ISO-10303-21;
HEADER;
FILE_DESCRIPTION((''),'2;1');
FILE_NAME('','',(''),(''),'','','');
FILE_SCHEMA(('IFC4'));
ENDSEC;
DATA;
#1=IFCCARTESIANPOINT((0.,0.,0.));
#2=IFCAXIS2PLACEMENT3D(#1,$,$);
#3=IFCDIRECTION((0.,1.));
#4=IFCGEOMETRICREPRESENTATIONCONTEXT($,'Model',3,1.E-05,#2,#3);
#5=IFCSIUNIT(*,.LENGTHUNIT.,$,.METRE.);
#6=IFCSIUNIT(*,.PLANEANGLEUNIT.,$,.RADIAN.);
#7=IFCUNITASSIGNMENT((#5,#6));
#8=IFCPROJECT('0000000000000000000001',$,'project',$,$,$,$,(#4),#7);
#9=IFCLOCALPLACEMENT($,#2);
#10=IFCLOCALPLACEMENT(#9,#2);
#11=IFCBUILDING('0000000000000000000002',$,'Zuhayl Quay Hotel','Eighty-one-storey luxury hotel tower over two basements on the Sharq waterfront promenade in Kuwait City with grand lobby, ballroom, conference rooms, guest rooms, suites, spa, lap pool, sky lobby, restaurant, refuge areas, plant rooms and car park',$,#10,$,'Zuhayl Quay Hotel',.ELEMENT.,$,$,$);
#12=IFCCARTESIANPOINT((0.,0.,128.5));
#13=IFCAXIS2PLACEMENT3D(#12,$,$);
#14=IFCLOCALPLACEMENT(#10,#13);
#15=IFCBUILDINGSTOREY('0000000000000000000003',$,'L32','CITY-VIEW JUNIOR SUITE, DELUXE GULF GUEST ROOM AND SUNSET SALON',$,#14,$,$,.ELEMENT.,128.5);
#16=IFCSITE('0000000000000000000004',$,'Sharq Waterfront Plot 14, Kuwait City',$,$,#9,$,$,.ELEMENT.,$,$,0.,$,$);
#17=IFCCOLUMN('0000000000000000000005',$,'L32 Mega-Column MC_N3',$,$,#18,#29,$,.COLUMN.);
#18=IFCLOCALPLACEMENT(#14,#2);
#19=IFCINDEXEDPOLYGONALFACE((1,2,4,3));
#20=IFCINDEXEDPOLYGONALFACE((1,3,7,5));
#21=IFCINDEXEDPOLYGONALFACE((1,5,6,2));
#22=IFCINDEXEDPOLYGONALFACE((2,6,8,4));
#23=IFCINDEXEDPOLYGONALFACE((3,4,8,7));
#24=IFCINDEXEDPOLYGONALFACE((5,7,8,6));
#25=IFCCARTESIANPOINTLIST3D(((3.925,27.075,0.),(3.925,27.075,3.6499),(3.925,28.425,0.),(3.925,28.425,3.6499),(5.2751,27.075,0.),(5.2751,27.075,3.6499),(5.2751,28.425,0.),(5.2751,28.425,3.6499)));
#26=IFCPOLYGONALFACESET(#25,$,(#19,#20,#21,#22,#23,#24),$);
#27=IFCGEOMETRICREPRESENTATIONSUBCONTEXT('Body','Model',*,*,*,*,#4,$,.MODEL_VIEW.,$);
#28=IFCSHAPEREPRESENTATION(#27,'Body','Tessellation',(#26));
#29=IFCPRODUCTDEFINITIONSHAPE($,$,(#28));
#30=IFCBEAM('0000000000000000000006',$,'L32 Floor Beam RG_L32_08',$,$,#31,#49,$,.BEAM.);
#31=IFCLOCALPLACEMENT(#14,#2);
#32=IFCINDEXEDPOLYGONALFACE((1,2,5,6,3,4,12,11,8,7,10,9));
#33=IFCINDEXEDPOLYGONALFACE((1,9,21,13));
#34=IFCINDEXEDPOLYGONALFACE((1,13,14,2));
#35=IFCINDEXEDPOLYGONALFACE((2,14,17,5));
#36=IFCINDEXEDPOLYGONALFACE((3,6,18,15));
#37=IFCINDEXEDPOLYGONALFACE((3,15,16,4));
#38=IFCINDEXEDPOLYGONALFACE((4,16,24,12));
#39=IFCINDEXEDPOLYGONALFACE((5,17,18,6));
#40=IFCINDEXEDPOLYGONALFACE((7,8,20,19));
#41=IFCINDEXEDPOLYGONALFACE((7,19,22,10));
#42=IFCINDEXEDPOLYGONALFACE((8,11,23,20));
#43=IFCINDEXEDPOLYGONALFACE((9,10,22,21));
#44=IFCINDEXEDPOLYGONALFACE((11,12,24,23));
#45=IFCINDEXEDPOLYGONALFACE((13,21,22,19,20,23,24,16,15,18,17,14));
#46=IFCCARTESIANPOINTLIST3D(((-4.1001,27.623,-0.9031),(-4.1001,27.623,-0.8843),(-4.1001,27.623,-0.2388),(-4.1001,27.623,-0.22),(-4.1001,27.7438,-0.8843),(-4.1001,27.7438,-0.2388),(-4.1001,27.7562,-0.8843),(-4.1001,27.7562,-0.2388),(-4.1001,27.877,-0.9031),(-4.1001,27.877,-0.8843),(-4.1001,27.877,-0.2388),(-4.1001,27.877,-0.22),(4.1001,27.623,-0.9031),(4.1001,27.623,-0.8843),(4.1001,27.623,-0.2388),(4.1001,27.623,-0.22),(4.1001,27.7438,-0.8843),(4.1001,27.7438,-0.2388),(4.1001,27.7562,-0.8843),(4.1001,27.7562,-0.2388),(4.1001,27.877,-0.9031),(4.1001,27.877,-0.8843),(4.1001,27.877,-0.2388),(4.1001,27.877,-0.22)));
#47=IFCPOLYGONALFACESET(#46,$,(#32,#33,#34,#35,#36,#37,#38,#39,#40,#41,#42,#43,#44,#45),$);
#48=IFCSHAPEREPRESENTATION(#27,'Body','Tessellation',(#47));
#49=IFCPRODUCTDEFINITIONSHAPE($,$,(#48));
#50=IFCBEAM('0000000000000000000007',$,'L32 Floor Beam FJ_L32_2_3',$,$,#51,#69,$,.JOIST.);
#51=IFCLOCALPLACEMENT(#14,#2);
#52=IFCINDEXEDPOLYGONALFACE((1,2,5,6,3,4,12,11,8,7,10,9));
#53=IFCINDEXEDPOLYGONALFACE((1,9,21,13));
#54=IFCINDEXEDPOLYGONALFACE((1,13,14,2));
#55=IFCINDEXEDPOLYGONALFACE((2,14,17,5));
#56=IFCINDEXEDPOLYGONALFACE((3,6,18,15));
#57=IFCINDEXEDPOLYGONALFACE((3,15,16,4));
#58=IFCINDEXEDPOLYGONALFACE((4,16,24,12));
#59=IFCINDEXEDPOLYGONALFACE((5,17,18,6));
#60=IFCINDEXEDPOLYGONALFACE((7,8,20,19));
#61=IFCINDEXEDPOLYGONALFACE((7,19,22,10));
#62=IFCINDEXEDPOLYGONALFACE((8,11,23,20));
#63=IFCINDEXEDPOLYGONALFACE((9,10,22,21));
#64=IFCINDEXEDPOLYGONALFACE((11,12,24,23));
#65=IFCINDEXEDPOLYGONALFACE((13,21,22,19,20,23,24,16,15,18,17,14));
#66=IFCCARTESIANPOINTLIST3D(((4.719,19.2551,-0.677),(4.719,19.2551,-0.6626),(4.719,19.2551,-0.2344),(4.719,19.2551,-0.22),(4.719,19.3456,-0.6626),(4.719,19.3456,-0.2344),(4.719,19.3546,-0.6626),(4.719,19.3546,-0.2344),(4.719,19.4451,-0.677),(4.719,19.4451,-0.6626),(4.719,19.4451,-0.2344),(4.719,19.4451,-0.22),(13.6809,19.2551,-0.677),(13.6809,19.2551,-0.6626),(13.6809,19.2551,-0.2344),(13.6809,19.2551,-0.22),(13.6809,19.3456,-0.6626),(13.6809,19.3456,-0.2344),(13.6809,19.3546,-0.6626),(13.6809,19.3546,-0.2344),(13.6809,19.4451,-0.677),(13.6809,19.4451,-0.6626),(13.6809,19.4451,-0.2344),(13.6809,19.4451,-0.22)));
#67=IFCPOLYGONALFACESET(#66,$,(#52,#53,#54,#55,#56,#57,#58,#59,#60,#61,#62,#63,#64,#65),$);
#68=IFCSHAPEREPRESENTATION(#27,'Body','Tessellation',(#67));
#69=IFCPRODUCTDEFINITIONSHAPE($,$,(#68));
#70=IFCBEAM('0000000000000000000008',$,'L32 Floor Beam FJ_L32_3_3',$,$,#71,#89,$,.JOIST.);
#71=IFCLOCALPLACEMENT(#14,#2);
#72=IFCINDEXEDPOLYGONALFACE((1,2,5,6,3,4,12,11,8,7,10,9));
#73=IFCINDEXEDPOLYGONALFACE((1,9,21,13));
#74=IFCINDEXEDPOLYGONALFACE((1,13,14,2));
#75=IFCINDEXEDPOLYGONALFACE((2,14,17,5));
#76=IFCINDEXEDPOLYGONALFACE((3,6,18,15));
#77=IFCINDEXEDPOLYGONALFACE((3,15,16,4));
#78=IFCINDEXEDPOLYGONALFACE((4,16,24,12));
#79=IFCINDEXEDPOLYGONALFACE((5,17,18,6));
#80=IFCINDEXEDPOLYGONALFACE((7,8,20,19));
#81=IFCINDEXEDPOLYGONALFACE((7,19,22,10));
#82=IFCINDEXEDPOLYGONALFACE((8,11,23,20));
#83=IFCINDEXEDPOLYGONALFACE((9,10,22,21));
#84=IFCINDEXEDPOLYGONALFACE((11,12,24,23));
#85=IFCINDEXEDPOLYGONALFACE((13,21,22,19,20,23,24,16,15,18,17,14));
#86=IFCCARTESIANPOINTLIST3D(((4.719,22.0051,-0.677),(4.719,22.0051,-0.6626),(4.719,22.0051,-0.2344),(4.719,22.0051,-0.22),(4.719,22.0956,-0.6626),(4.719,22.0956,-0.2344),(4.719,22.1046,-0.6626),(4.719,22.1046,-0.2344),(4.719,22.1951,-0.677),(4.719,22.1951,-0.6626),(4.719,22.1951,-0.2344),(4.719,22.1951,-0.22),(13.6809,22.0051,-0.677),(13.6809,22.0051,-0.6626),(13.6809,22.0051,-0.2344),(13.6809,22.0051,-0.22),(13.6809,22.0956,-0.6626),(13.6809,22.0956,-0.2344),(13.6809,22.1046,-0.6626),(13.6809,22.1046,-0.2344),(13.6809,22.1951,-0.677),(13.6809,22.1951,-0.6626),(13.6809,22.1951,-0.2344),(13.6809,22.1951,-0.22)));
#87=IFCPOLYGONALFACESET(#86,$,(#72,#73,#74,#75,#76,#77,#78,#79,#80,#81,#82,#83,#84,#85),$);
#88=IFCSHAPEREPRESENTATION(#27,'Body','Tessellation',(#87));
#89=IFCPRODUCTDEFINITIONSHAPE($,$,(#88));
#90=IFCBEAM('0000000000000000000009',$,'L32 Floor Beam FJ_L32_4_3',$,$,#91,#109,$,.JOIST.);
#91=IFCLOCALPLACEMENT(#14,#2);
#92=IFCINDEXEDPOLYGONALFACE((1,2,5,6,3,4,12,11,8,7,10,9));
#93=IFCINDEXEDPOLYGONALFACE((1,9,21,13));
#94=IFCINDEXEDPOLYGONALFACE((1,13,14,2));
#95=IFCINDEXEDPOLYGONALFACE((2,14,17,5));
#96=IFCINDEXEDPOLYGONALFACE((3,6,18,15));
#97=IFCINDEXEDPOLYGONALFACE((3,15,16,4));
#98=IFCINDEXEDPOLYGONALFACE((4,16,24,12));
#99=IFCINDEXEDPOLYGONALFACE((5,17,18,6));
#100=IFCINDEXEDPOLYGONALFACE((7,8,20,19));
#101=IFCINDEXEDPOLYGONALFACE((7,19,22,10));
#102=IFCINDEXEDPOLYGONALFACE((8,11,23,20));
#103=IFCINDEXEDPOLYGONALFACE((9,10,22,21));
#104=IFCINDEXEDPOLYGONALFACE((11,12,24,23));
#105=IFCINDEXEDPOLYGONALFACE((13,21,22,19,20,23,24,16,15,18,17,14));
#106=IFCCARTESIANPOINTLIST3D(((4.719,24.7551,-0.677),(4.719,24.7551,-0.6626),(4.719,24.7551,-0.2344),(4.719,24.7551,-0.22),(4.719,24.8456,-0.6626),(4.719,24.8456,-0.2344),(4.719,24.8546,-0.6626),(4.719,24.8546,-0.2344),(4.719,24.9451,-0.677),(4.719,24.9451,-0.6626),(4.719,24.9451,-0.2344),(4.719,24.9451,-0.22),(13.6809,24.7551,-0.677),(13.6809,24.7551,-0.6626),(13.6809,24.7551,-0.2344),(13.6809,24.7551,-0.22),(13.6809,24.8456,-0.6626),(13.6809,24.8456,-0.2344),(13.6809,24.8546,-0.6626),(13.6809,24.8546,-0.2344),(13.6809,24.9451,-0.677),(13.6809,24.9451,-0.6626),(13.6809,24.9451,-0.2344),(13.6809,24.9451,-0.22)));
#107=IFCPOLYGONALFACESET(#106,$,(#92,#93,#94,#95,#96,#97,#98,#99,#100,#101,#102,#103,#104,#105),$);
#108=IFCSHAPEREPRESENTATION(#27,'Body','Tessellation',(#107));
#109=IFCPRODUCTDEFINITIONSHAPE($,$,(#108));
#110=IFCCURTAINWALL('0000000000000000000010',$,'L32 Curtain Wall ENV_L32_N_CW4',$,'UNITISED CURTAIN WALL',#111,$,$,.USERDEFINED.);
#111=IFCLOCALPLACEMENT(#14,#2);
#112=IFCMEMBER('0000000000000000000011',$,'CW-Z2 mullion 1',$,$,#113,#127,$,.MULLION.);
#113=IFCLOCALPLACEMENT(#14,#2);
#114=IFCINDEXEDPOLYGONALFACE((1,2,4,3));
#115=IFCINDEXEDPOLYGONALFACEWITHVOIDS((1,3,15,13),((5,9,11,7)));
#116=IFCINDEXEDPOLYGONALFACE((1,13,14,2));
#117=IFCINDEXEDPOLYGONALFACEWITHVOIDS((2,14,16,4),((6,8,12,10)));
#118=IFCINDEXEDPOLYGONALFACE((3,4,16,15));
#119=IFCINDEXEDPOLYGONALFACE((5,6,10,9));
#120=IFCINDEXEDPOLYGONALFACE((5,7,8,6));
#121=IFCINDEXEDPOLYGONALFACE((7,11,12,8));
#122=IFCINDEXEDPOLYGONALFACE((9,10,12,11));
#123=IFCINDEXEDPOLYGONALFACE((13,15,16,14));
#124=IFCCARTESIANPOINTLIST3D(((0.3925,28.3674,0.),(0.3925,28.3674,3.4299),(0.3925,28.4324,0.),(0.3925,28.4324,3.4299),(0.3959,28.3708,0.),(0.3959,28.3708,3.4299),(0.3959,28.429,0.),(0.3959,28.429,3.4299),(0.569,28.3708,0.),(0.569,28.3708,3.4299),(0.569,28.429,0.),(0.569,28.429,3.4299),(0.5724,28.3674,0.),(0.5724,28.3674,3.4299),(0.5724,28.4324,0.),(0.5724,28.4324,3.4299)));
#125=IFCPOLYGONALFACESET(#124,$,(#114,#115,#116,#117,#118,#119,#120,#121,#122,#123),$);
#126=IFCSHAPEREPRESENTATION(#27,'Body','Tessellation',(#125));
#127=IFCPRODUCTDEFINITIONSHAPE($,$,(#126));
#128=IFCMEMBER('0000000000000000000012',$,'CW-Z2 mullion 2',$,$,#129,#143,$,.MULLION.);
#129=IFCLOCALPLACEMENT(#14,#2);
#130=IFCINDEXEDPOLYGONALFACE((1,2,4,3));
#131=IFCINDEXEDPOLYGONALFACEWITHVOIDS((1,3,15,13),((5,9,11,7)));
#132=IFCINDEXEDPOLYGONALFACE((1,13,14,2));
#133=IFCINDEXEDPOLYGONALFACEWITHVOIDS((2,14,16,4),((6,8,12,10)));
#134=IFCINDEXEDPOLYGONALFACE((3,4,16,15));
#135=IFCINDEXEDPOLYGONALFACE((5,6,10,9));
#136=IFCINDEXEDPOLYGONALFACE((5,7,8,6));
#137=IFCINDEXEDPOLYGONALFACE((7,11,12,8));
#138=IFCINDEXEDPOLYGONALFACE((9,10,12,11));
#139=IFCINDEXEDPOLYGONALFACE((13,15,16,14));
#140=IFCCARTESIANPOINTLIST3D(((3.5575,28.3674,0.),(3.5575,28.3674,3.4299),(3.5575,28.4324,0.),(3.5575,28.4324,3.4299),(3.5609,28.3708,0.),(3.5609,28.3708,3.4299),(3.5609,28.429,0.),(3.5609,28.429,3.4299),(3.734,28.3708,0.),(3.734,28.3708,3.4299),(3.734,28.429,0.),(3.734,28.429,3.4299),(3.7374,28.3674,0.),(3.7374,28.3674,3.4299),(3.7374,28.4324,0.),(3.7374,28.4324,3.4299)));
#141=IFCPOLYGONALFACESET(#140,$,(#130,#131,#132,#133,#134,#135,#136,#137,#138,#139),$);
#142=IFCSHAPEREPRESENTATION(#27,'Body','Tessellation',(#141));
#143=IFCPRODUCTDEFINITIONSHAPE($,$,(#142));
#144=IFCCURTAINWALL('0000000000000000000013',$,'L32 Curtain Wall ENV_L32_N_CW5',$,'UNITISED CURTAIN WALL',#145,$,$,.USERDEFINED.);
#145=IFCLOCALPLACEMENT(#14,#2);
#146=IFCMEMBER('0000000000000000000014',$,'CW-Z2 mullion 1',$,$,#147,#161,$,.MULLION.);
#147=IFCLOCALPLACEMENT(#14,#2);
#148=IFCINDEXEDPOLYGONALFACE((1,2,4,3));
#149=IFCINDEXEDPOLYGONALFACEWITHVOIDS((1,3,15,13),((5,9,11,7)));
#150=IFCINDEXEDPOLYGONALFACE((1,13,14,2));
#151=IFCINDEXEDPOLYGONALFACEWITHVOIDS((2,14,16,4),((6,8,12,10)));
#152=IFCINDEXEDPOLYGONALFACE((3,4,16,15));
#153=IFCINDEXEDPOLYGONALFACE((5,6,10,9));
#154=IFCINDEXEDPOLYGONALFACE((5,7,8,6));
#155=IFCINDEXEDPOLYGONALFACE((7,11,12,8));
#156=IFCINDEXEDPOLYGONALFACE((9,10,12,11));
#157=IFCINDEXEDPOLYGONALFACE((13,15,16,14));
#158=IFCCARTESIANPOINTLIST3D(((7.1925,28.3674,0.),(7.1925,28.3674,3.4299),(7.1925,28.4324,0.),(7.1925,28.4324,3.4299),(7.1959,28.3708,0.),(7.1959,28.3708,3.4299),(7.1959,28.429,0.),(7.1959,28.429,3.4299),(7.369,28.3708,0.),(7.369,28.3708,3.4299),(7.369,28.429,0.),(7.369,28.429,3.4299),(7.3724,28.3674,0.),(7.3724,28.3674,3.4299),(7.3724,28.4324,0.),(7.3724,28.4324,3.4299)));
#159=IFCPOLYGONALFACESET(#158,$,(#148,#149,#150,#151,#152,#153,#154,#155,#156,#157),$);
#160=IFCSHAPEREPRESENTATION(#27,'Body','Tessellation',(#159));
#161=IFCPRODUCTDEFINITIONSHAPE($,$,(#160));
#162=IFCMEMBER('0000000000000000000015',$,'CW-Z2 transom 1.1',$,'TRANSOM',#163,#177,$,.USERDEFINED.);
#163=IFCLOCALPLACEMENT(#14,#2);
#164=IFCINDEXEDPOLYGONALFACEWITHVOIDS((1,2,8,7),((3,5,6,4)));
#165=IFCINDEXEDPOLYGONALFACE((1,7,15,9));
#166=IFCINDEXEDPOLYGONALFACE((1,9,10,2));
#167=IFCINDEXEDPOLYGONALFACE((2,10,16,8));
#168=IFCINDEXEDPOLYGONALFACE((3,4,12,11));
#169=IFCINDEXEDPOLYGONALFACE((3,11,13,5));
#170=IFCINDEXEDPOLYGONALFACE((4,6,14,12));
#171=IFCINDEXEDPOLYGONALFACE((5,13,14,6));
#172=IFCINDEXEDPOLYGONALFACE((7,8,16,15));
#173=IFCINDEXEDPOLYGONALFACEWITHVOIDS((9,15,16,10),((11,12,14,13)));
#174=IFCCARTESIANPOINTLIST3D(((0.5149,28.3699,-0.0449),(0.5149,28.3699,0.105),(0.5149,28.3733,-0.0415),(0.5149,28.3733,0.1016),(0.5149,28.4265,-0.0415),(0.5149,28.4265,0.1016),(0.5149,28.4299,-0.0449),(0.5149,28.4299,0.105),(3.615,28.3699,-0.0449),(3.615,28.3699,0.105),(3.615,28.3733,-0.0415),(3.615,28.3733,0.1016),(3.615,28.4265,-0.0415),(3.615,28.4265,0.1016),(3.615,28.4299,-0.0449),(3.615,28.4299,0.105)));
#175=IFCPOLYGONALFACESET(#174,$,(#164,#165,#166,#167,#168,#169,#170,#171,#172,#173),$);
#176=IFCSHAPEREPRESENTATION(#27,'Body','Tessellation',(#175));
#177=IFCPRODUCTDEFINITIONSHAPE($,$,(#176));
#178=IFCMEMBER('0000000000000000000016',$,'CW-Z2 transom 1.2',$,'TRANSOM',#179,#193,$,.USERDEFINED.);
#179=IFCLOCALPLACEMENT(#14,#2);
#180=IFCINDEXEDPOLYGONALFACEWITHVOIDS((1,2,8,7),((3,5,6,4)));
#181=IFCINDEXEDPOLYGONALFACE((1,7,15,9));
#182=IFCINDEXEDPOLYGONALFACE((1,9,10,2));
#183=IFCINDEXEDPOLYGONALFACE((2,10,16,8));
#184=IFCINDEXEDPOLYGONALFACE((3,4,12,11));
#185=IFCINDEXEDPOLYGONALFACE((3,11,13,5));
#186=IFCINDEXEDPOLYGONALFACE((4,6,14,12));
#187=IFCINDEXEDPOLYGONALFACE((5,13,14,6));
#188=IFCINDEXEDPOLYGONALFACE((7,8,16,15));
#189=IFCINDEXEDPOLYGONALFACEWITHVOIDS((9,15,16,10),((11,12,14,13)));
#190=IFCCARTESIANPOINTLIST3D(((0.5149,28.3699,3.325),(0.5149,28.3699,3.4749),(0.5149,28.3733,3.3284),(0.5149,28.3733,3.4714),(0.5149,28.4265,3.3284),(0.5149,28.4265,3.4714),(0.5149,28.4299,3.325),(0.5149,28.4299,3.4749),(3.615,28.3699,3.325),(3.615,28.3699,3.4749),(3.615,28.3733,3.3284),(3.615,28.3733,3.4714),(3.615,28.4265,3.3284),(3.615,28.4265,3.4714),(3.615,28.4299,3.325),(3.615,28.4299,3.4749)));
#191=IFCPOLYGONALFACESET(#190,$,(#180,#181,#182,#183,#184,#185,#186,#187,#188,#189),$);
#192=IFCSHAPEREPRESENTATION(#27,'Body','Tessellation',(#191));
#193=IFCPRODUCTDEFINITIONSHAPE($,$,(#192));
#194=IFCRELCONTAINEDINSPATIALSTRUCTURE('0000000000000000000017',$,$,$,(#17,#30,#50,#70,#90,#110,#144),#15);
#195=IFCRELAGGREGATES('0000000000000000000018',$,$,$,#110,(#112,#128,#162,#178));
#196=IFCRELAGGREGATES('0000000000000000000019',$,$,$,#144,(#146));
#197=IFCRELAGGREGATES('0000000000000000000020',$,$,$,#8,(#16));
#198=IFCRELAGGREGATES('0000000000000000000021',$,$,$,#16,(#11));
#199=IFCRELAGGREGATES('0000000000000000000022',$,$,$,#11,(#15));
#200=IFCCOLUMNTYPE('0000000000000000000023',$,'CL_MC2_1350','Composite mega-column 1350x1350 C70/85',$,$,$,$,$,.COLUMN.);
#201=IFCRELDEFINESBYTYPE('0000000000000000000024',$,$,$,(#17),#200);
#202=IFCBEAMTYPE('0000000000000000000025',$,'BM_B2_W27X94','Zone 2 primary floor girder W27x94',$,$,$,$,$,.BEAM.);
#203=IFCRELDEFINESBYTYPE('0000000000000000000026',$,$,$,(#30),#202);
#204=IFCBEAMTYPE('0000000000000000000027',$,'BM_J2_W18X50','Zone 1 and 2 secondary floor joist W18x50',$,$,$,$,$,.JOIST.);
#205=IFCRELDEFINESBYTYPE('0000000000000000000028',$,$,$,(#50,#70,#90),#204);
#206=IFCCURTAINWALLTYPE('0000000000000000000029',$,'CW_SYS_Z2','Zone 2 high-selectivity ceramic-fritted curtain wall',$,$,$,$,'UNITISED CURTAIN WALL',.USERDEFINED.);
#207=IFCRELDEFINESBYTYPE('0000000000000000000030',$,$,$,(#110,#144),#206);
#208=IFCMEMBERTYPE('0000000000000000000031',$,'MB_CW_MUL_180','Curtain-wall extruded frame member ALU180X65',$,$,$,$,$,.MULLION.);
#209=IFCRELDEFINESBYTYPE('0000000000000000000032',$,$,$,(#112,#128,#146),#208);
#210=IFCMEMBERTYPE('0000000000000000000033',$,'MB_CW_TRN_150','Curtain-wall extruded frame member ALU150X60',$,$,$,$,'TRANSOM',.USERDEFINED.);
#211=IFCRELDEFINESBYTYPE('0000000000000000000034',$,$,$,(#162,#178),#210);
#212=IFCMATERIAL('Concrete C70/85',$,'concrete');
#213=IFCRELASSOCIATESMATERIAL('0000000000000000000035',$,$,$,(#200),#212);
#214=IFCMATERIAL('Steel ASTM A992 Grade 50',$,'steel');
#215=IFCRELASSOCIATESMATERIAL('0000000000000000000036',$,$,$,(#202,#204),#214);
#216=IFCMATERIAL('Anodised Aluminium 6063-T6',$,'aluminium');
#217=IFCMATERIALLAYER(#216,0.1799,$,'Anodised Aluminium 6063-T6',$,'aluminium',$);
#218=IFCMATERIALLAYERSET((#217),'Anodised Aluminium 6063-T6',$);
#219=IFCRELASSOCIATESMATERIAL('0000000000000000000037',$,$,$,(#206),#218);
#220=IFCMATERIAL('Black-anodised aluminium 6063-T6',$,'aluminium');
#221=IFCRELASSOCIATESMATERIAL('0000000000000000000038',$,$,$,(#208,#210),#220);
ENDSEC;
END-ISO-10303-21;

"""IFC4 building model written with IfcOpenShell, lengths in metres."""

from ifc_helpers import new_model, si_unit, direction, frame, origin, origin_2d, place, context, subcontext, project, spatial, rectangle, hollow_rectangle, i_section, extrude, material, layer, layer_set, material_profile, profile_set, type_object, element, aggregate, save


model = new_model("IFC4")

# Units and contexts
model_context = context("Model", 3, precision=1e-05, world=origin(), true_north=direction((0.0, 1.0)))
body_context = subcontext(model_context, "Body", "Model", "MODEL_VIEW")
ifc_project = project(units=[si_unit("LENGTHUNIT", "METRE"), si_unit("PLANEANGLEUNIT", "RADIAN")], contexts=[model_context])

# Site, building, storey
site_placement = place(None, origin())
site = spatial("IfcSite", under=ifc_project, at=site_placement, Name="Sharq Waterfront Plot 14, Kuwait City", CompositionType="ELEMENT", RefElevation=0.0)
building_placement = place(site_placement, origin())
building = spatial("IfcBuilding", under=site, at=building_placement, Name="Zuhayl Quay Hotel", Description="Eighty-one-storey luxury hotel tower over two basements on the Sharq waterfront promenade in Kuwait City with grand lobby, ballroom, conference rooms, guest rooms, suites, spa, lap pool, sky lobby, restaurant, refuge areas, plant rooms and car park", LongName="Zuhayl Quay Hotel", CompositionType="ELEMENT")
storey_placement = place(building_placement, frame((0.0, 0.0, 128.5)))
storey = spatial("IfcBuildingStorey", under=building, at=storey_placement, Name="L32", Description="CITY-VIEW JUNIOR SUITE, DELUXE GULF GUEST ROOM AND SUNSET SALON", CompositionType="ELEMENT", Elevation=128.5)

# Column
ifc_material_1 = material(Name="Concrete C70/85", Category="concrete")
ifc_material_profile_1 = material_profile(ifc_material_1, rectangle(XDim=1.3501, YDim=1.3501, at=origin_2d()), Name="RC1350X1350")
ifc_profile_set_1 = profile_set([ifc_material_profile_1], Name="Concrete C70/85")
column_type = type_object("IfcColumnType", Name="CL_MC2_1350", Description="Composite mega-column 1350x1350 C70/85", PredefinedType="COLUMN", material=ifc_profile_set_1)
column_placement = place(storey_placement, frame((4.6001, 27.75, 0.0), z_axis=(0.0, 0.0, 1.0), x_axis=(1.0, 0.0, 0.0)))
element("IfcColumn", 1, at=column_placement, inside=storey, type_object=column_type, Name="L32 Mega-Column MC_N3", PredefinedType="COLUMN", context=body_context, shape_type="SweptSolid", body=[
    extrude(rectangle(XDim=1.3501, YDim=1.3501, at=origin_2d()), origin(), (0.0, 0.0, 1.0), 3.6499),
])

# Beams
ifc_material_2 = material(Name="Steel ASTM A992 Grade 50", Category="steel")
ifc_material_profile_2 = material_profile(ifc_material_2, i_section(OverallWidth=0.2539, OverallDepth=0.6831, WebThickness=0.0125, FlangeThickness=0.0188, at=origin_2d()), Name="W27X94")
ifc_profile_set_2 = profile_set([ifc_material_profile_2], Name="Steel ASTM A992 Grade 50")
beam_type_1 = type_object("IfcBeamType", Name="BM_B2_W27X94", Description="Zone 2 primary floor girder W27x94", PredefinedType="BEAM", material=ifc_profile_set_2)
beam_placement = place(storey_placement, frame((4.1001, 27.75, -0.5615), z_axis=(-1.0, 0.0, 0.0), x_axis=(0.0, -1.0, 0.0)))
element("IfcBeam", 2, at=beam_placement, inside=storey, type_object=beam_type_1, Name="L32 Floor Beam RG_L32_08", PredefinedType="BEAM", context=body_context, shape_type="SweptSolid", body=[
    extrude(i_section(OverallWidth=0.2539, OverallDepth=0.6831, WebThickness=0.0125, FlangeThickness=0.0188, at=origin_2d()), origin(), (0.0, 0.0, 1.0), 8.2002),
])
ifc_material_profile_3 = material_profile(ifc_material_2, i_section(OverallWidth=0.1899, OverallDepth=0.457, WebThickness=0.009, FlangeThickness=0.0144, at=origin_2d()), Name="W18X50")
ifc_profile_set_3 = profile_set([ifc_material_profile_3], Name="Steel ASTM A992 Grade 50")
beam_type_2 = type_object("IfcBeamType", Name="BM_J2_W18X50", Description="Zone 1 and 2 secondary floor joist W18x50", PredefinedType="JOIST", material=ifc_profile_set_3)
for number, where, z_axis, x_axis, name in (
    (3, (4.719, 19.3501, -0.4485), (1.0, 0.0, 0.0), (0.0, 1.0, 0.0), "L32 Floor Beam FJ_L32_2_3"),
    (4, (4.719, 22.1001, -0.4485), (1.0, 0.0, 0.0), (0.0, 1.0, 0.0), "L32 Floor Beam FJ_L32_3_3"),
    (5, (4.719, 24.8501, -0.4485), (1.0, 0.0, 0.0), (0.0, 1.0, 0.0), "L32 Floor Beam FJ_L32_4_3"),
):
    element("IfcBeam", number, at=place(storey_placement, frame(where, z_axis=z_axis, x_axis=x_axis)), inside=storey, type_object=beam_type_2, Name=name, PredefinedType="JOIST", context=body_context, shape_type="SweptSolid", body=[
        extrude(i_section(OverallWidth=0.1899, OverallDepth=0.457, WebThickness=0.009, FlangeThickness=0.0144, at=origin_2d()), origin(), (0.0, 0.0, 1.0), 8.9619),
    ])

# Curtain wall, members
ifc_material_3 = material(Name="Anodised Aluminium 6063-T6", Category="aluminium")
ifc_layer_1 = layer(ifc_material_3, 0.1799, Name="Anodised Aluminium 6063-T6", Category="aluminium")
ifc_layer_set_1 = layer_set([ifc_layer_1], Name="Anodised Aluminium 6063-T6")
curtain_wall_type = type_object("IfcCurtainWallType", Name="CW_SYS_Z2", Description="Zone 2 high-selectivity ceramic-fritted curtain wall", ElementType="UNITISED CURTAIN WALL", PredefinedType="USERDEFINED", material=ifc_layer_set_1)
curtain_wall_1_placement = place(storey_placement, origin())
curtain_wall_1 = element("IfcCurtainWall", 6, at=curtain_wall_1_placement, inside=storey, type_object=curtain_wall_type, Name="L32 Curtain Wall ENV_L32_N_CW4", ObjectType="UNITISED CURTAIN WALL", PredefinedType="USERDEFINED")
ifc_material_4 = material(Name="Black-anodised aluminium 6063-T6", Category="aluminium")
ifc_material_profile_4 = material_profile(ifc_material_4, hollow_rectangle(XDim=0.0649, YDim=0.1799, WallThickness=0.0034, at=origin_2d()), Name="ALU180X65")
ifc_profile_set_4 = profile_set([ifc_material_profile_4], Name="Black-anodised aluminium 6063-T6")
member_type_1 = type_object("IfcMemberType", Name="MB_CW_MUL_180", Description="Curtain-wall extruded frame member ALU180X65", PredefinedType="MULLION", material=ifc_profile_set_4)
member_1_placement = place(storey_placement, frame((0.4824, 28.3999, 0.0), z_axis=(0.0, 0.0, 1.0), x_axis=(0.0, 1.0, 0.0)))
member_1 = element("IfcMember", 7, at=member_1_placement, type_object=member_type_1, Name="CW-Z2 mullion 1", PredefinedType="MULLION", context=body_context, shape_type="SweptSolid", body=[
    extrude(hollow_rectangle(XDim=0.0649, YDim=0.1799, WallThickness=0.0034, at=origin_2d()), origin(), (0.0, 0.0, 1.0), 3.4299),
])
member_2_placement = place(storey_placement, frame((3.6475, 28.3999, 0.0), z_axis=(0.0, 0.0, 1.0), x_axis=(0.0, 1.0, 0.0)))
member_2 = element("IfcMember", 8, at=member_2_placement, type_object=member_type_1, Name="CW-Z2 mullion 2", PredefinedType="MULLION", context=body_context, shape_type="SweptSolid", body=[
    extrude(hollow_rectangle(XDim=0.0649, YDim=0.1799, WallThickness=0.0034, at=origin_2d()), origin(), (0.0, 0.0, 1.0), 3.4299),
])

# Curtain wall, member
curtain_wall_2_placement = place(storey_placement, origin())
curtain_wall_2 = element("IfcCurtainWall", 9, at=curtain_wall_2_placement, inside=storey, type_object=curtain_wall_type, Name="L32 Curtain Wall ENV_L32_N_CW5", ObjectType="UNITISED CURTAIN WALL", PredefinedType="USERDEFINED")
member_3_placement = place(storey_placement, frame((7.2825, 28.3999, 0.0), z_axis=(0.0, 0.0, 1.0), x_axis=(0.0, 1.0, 0.0)))
member_3 = element("IfcMember", 10, at=member_3_placement, type_object=member_type_1, Name="CW-Z2 mullion 1", PredefinedType="MULLION", context=body_context, shape_type="SweptSolid", body=[
    extrude(hollow_rectangle(XDim=0.0649, YDim=0.1799, WallThickness=0.0034, at=origin_2d()), origin(), (0.0, 0.0, 1.0), 3.4299),
])

# Members
ifc_material_profile_5 = material_profile(ifc_material_4, hollow_rectangle(XDim=0.0601, YDim=0.1499, WallThickness=0.0034, at=origin_2d()), Name="ALU150X60")
ifc_profile_set_5 = profile_set([ifc_material_profile_5], Name="Black-anodised aluminium 6063-T6")
member_type_2 = type_object("IfcMemberType", Name="MB_CW_TRN_150", Description="Curtain-wall extruded frame member ALU150X60", ElementType="TRANSOM", PredefinedType="USERDEFINED", material=ifc_profile_set_5)
member_4_placement = place(storey_placement, frame((0.5149, 28.3999, 0.03), z_axis=(1.0, 0.0, 0.0), x_axis=(0.0, 1.0, 0.0)))
member_4 = element("IfcMember", 11, at=member_4_placement, type_object=member_type_2, Name="CW-Z2 transom 1.1", ObjectType="TRANSOM", PredefinedType="USERDEFINED", context=body_context, shape_type="SweptSolid", body=[
    extrude(hollow_rectangle(XDim=0.0601, YDim=0.1499, WallThickness=0.0034, at=origin_2d()), origin(), (0.0, 0.0, 1.0), 3.1001),
])
member_5_placement = place(storey_placement, frame((0.5149, 28.3999, 3.3999), z_axis=(1.0, 0.0, 0.0), x_axis=(0.0, 1.0, 0.0)))
member_5 = element("IfcMember", 12, at=member_5_placement, type_object=member_type_2, Name="CW-Z2 transom 1.2", ObjectType="TRANSOM", PredefinedType="USERDEFINED", context=body_context, shape_type="SweptSolid", body=[
    extrude(hollow_rectangle(XDim=0.0601, YDim=0.1499, WallThickness=0.0034, at=origin_2d()), origin(), (0.0, 0.0, 1.0), 3.1001),
])

aggregate(curtain_wall_1, [member_1, member_2, member_4, member_5])
aggregate(curtain_wall_2, [member_3])

save(model, "model.ifc")
